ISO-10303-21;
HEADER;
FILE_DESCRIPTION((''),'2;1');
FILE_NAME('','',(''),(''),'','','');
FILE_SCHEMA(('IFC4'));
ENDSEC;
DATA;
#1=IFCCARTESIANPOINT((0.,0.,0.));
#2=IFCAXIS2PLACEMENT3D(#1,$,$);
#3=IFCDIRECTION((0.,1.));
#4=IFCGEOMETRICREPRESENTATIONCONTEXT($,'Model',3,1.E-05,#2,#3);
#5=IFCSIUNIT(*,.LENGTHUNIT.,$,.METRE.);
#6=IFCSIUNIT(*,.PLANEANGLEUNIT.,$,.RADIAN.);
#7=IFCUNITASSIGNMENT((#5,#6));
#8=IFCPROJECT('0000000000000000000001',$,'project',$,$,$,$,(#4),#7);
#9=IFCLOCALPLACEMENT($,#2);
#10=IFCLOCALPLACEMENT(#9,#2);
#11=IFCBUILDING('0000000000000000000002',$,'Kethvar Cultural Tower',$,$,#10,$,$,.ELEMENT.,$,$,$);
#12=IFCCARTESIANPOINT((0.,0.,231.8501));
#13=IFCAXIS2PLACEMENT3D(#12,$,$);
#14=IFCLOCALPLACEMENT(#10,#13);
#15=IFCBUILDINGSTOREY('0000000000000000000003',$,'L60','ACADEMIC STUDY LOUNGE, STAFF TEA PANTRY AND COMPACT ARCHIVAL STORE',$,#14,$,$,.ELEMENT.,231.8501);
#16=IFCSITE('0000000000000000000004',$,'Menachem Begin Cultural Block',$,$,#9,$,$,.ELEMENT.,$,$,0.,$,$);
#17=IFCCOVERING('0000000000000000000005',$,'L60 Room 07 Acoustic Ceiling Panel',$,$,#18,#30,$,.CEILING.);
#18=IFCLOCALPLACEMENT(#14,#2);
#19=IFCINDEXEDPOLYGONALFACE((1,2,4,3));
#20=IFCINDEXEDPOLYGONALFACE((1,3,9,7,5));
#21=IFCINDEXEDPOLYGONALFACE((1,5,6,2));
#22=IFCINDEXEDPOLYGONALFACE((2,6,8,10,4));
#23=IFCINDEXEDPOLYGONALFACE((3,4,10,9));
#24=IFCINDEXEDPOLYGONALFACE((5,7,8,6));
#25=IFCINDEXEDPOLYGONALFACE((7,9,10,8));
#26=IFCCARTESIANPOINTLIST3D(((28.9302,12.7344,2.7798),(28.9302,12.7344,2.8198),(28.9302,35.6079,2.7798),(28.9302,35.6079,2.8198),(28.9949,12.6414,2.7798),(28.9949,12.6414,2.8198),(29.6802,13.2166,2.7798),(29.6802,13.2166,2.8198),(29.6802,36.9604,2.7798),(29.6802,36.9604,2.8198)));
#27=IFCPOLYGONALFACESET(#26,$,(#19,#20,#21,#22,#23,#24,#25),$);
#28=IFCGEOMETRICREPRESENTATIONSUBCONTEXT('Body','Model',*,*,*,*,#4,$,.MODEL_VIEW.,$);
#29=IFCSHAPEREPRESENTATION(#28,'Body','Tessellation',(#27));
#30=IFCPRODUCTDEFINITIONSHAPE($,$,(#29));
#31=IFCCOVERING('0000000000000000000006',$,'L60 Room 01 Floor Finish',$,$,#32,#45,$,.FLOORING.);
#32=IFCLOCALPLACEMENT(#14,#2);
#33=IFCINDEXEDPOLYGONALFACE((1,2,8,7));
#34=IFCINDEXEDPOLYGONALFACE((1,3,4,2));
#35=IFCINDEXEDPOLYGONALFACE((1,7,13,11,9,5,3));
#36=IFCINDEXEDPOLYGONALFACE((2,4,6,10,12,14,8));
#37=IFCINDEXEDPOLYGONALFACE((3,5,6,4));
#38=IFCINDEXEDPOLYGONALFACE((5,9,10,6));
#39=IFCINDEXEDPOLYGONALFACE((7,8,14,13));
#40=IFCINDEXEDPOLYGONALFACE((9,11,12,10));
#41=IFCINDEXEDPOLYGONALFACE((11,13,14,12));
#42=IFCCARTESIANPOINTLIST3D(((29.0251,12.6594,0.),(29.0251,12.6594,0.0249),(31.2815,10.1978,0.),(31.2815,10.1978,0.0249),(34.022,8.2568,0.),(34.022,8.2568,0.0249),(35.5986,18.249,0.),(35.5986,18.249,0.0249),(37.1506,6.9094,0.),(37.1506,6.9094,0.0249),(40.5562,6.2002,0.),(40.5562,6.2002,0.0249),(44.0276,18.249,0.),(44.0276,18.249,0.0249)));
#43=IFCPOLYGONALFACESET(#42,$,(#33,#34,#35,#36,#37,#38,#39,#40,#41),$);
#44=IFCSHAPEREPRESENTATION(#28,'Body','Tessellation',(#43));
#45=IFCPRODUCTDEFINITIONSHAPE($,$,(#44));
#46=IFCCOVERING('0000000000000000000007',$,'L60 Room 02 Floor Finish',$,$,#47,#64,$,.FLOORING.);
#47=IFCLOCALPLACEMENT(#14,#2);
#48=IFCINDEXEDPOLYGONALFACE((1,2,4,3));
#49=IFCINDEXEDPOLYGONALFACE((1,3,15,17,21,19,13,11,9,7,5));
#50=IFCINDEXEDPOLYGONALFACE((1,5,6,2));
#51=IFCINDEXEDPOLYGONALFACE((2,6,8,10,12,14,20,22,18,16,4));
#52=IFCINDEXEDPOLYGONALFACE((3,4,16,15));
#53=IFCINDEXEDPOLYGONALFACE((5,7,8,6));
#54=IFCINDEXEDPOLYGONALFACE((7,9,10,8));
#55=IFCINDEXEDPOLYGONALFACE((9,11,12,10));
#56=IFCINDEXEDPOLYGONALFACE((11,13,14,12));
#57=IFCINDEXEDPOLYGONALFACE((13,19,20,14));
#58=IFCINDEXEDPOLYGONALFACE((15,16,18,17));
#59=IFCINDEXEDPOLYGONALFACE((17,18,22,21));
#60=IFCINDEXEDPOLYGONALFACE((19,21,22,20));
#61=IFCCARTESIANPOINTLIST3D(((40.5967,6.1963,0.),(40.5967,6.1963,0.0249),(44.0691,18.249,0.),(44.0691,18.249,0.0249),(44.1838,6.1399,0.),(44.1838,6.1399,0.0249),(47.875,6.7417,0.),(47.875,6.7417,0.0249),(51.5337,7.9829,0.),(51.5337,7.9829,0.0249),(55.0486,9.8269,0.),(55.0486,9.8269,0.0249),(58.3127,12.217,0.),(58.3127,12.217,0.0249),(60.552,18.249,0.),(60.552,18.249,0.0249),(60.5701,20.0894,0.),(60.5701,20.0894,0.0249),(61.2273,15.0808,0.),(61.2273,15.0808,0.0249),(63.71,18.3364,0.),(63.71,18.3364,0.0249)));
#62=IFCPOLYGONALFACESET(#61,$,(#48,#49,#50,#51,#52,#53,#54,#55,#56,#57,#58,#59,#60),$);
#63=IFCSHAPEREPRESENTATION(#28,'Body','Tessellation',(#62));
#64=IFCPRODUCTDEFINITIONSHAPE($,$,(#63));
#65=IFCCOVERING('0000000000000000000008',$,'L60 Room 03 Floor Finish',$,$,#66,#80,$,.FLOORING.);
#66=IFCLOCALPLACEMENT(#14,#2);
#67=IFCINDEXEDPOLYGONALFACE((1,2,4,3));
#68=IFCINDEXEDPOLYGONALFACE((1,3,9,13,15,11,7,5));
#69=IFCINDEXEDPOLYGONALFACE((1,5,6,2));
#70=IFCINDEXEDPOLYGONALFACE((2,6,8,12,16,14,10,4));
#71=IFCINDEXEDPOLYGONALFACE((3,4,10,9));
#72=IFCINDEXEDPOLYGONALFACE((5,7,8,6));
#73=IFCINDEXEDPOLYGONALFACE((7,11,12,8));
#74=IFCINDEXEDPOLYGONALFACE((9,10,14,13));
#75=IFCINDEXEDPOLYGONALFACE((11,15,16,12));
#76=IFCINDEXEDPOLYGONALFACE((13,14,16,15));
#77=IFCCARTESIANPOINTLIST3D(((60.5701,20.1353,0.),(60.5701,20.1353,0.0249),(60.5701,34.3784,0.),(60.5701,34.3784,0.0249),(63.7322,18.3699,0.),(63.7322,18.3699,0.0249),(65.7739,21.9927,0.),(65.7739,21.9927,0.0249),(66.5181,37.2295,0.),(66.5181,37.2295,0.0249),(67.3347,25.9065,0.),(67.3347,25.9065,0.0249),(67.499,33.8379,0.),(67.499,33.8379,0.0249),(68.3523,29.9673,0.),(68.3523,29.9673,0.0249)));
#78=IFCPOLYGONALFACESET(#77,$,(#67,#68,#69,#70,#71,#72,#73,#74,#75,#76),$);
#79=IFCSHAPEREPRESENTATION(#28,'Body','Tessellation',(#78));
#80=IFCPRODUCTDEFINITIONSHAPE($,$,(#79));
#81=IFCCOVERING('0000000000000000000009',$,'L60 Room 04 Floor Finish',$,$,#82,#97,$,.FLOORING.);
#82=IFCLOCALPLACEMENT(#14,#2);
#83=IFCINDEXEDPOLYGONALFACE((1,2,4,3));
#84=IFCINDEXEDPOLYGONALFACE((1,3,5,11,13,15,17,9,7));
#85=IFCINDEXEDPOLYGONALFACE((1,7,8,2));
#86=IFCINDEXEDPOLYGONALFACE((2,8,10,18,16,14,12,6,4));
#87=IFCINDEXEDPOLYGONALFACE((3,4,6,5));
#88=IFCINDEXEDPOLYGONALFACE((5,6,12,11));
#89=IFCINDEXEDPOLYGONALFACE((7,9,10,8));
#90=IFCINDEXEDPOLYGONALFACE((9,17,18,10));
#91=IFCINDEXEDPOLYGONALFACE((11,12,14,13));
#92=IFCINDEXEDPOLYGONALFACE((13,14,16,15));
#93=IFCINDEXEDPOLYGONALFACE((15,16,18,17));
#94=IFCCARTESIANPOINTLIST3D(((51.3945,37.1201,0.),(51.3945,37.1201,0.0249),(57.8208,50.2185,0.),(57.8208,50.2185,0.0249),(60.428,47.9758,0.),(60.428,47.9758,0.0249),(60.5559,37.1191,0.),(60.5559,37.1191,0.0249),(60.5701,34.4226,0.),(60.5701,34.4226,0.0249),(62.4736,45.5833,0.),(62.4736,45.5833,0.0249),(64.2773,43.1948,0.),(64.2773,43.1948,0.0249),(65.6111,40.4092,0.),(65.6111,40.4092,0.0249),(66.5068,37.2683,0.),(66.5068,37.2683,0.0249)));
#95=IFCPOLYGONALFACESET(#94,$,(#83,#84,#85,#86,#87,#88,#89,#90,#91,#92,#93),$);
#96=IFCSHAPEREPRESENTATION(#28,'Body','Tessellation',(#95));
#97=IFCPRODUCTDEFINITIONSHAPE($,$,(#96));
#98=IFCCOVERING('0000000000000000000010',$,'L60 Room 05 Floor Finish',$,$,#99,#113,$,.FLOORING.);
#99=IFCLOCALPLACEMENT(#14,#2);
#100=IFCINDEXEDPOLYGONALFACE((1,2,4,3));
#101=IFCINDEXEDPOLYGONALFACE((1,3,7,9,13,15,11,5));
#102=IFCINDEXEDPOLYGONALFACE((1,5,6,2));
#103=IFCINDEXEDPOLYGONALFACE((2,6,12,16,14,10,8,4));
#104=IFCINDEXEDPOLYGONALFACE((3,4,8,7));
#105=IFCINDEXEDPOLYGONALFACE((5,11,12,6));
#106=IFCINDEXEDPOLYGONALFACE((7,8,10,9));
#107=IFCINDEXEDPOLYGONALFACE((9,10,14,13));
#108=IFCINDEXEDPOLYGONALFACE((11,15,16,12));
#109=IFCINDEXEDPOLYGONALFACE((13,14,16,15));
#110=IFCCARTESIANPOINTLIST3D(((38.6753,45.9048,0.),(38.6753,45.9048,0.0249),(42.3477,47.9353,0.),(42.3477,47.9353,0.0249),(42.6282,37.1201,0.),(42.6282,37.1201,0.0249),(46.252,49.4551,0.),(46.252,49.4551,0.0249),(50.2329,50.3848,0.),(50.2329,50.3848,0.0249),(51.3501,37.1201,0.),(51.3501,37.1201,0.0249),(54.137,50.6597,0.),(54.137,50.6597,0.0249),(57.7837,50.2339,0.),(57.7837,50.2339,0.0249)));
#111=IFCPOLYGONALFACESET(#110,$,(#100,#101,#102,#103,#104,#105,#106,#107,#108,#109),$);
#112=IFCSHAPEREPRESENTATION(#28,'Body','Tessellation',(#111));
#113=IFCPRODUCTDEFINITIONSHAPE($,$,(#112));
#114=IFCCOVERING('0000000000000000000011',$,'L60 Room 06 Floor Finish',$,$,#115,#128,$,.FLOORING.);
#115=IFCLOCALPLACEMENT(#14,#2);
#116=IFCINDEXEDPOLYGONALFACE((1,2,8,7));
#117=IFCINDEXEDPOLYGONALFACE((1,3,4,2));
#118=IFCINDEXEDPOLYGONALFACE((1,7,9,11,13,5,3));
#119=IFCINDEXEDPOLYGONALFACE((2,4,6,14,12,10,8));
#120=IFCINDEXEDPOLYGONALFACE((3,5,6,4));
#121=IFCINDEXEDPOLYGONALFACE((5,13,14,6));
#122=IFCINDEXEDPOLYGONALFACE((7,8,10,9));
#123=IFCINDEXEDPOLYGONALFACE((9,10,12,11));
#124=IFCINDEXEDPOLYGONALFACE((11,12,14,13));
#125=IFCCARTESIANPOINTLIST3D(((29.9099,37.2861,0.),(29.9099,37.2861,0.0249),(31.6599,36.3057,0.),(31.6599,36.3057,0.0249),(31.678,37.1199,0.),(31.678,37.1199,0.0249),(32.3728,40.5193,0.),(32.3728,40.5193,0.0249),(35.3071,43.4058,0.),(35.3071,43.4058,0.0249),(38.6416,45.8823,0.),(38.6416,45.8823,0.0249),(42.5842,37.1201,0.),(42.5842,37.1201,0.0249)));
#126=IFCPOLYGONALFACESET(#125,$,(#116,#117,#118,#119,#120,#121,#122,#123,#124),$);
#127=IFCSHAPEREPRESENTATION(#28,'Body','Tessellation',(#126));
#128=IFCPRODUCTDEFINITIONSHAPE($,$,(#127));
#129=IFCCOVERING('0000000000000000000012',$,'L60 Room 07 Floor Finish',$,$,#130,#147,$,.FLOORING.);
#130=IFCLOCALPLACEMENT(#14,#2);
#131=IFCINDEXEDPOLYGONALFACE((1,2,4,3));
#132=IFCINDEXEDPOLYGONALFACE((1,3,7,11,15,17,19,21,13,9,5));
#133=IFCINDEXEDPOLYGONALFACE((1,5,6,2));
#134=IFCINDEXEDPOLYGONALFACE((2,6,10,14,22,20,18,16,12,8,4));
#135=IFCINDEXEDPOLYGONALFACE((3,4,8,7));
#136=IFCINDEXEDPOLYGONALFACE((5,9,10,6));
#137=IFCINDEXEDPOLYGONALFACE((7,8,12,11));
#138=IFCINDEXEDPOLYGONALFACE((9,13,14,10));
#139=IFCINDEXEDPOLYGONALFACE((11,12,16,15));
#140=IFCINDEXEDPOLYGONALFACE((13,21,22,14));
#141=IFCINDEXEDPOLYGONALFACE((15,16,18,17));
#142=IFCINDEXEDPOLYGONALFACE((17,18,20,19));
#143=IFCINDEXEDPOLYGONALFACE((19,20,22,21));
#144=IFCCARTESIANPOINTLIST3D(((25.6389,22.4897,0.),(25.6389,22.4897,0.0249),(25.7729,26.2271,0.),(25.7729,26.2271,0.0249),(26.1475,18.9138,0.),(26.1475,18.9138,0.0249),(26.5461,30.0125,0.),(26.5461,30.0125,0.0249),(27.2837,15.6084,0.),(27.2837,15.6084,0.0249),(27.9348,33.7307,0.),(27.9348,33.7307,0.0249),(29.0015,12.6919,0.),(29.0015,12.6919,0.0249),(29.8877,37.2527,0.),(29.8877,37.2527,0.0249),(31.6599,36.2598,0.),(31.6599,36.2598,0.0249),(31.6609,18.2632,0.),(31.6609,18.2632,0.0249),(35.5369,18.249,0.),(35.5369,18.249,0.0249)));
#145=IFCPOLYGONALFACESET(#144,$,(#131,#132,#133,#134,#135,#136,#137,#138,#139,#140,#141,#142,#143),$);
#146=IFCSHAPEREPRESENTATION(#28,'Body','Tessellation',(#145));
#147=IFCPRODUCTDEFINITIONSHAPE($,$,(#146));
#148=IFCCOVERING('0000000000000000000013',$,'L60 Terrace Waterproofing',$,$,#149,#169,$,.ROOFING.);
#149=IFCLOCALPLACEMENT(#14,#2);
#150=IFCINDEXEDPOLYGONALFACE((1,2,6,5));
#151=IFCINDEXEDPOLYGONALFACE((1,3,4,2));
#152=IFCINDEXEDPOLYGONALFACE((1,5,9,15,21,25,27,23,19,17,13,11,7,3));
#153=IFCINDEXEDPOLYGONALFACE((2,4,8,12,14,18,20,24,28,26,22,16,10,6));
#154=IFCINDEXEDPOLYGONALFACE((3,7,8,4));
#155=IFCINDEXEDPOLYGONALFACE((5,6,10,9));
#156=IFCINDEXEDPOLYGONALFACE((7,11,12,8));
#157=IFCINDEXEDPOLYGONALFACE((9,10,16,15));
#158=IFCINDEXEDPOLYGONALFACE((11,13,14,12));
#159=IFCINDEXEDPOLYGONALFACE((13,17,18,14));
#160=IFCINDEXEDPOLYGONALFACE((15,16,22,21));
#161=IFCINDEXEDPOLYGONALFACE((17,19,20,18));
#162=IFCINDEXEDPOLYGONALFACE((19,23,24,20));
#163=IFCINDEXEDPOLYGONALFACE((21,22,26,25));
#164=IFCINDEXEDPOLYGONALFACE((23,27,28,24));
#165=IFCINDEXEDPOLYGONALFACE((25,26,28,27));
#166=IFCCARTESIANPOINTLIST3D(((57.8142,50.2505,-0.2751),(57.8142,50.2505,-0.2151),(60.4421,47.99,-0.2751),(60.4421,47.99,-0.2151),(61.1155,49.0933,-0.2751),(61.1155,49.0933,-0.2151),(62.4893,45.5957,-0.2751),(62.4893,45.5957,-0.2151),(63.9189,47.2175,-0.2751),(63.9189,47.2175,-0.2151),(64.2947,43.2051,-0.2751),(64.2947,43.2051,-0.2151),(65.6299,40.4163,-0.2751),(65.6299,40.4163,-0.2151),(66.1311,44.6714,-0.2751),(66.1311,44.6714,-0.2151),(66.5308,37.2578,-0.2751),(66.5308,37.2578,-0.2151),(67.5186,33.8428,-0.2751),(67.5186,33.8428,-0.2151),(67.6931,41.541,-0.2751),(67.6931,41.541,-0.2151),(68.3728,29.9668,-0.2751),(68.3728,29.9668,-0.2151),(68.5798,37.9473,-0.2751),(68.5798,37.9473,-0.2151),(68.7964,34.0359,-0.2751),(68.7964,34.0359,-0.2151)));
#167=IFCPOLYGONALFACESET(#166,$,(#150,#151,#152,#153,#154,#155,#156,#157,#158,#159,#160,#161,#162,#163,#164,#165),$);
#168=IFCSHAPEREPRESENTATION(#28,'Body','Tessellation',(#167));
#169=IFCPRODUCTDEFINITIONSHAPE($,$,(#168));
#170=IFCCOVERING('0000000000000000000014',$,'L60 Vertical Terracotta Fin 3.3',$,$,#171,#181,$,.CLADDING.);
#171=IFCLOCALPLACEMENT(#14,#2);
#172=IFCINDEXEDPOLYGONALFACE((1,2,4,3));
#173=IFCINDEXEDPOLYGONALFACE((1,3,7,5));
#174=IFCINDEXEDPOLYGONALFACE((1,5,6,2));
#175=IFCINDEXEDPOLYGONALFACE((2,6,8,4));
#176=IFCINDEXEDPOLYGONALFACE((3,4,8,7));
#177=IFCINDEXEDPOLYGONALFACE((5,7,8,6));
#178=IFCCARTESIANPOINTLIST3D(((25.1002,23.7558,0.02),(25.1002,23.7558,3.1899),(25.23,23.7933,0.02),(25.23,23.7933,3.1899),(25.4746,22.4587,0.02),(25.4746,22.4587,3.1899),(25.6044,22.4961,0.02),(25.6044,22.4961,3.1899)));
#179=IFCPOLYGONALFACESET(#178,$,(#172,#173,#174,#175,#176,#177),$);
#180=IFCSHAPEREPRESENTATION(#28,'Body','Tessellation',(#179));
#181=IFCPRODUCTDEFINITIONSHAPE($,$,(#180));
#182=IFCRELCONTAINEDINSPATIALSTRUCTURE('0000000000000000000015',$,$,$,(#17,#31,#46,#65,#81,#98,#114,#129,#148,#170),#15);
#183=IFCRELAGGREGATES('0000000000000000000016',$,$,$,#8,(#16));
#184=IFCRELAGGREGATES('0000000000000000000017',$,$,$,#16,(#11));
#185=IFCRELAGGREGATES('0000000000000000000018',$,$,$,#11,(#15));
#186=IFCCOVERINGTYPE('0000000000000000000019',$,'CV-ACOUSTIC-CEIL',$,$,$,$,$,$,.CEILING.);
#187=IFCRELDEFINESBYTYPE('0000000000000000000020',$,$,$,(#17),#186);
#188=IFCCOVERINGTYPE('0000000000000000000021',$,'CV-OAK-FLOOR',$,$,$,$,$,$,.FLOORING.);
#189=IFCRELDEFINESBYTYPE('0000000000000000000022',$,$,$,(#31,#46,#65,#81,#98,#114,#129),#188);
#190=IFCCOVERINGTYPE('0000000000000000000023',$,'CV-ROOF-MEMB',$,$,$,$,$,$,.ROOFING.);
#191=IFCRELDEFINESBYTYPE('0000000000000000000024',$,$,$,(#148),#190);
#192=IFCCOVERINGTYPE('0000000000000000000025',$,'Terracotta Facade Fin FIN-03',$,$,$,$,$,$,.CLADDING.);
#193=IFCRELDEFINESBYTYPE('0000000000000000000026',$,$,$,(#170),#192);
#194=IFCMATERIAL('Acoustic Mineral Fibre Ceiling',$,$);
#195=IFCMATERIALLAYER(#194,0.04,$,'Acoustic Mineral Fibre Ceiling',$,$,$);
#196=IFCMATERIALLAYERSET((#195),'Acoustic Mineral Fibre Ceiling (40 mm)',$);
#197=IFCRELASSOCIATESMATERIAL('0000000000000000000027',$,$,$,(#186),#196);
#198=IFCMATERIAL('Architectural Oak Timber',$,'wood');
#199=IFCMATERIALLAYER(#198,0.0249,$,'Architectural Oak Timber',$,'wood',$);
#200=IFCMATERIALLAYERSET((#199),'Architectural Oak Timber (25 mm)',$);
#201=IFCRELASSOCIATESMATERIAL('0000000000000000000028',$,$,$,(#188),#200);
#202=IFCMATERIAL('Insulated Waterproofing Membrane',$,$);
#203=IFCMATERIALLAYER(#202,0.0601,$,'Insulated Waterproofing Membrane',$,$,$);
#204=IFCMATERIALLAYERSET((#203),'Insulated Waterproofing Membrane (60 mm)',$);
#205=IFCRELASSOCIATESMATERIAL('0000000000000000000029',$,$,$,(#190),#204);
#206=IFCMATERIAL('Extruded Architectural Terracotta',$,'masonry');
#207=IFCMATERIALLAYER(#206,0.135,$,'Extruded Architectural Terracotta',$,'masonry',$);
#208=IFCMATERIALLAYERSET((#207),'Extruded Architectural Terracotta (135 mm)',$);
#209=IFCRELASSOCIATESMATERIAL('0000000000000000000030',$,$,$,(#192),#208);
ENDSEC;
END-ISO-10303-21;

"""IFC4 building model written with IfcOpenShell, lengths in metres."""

from ifc_helpers import new_model, si_unit, direction, frame, origin, origin_2d, place, context, subcontext, project, spatial, polyline, rectangle, outline, extrude, source, transform, mapped, material, layer, layer_set, type_object, element, save


model = new_model("IFC4")

# Units and contexts
model_context = context("Model", 3, precision=1e-05, world=origin(), true_north=direction((0.0, 1.0)))
body_context = subcontext(model_context, "Body", "Model", "MODEL_VIEW")
ifc_project = project(units=[si_unit("LENGTHUNIT", "METRE"), si_unit("PLANEANGLEUNIT", "RADIAN")], contexts=[model_context])

# Site, building, storey
site_placement = place(None, origin())
site = spatial("IfcSite", under=ifc_project, at=site_placement, Name="Menachem Begin Cultural Block", CompositionType="ELEMENT", RefElevation=0.0)
building_placement = place(site_placement, origin())
building = spatial("IfcBuilding", under=site, at=building_placement, Name="Kethvar Cultural Tower", CompositionType="ELEMENT")
storey_placement = place(building_placement, frame((0.0, 0.0, 231.8501)))
storey = spatial("IfcBuildingStorey", under=building, at=storey_placement, Name="L60", Description="ACADEMIC STUDY LOUNGE, STAFF TEA PANTRY AND COMPACT ARCHIVAL STORE", CompositionType="ELEMENT", Elevation=231.8501)

# Coverings
ifc_material_1 = material(Name="Acoustic Mineral Fibre Ceiling")
ifc_layer_1 = layer(ifc_material_1, 0.04, Name="Acoustic Mineral Fibre Ceiling")
ifc_layer_set_1 = layer_set([ifc_layer_1], Name="Acoustic Mineral Fibre Ceiling (40 mm)")
covering_type_1 = type_object("IfcCoveringType", Name="CV-ACOUSTIC-CEIL", PredefinedType="CEILING", material=ifc_layer_set_1)
covering_1_placement = place(storey_placement, frame((0.0, 0.0, 2.7798)))
element("IfcCovering", 1, at=covering_1_placement, inside=storey, type_object=covering_type_1, Name="L60 Room 07 Acoustic Ceiling Panel", PredefinedType="CEILING", context=body_context, shape_type="SweptSolid", body=[
    extrude(outline(polyline([(29.6802, 36.9604), (29.6802, 13.2166), (28.9949, 12.6414), (28.9302, 12.7344), (28.9302, 35.6079), (29.6802, 36.9604)])), origin(), (0.0, 0.0, 1.0), 0.04),
])
ifc_material_2 = material(Name="Architectural Oak Timber", Category="wood")
ifc_layer_2 = layer(ifc_material_2, 0.0249, Name="Architectural Oak Timber", Category="wood")
ifc_layer_set_2 = layer_set([ifc_layer_2], Name="Architectural Oak Timber (25 mm)")
covering_type_2 = type_object("IfcCoveringType", Name="CV-OAK-FLOOR", PredefinedType="FLOORING", material=ifc_layer_set_2)
covering_2_placement = place(storey_placement, origin())
element("IfcCovering", 2, at=covering_2_placement, inside=storey, type_object=covering_type_2, Name="L60 Room 01 Floor Finish", PredefinedType="FLOORING", context=body_context, shape_type="SweptSolid", body=[
    extrude(outline(polyline([(37.1506, 6.9094), (34.022, 8.2568), (31.2815, 10.1978), (29.0251, 12.6594), (35.5986, 18.249), (44.0276, 18.249), (40.5562, 6.2002), (37.1506, 6.9094)])), origin(), (0.0, 0.0, 1.0), 0.0249),
])
covering_3_placement = place(storey_placement, origin())
element("IfcCovering", 3, at=covering_3_placement, inside=storey, type_object=covering_type_2, Name="L60 Room 02 Floor Finish", PredefinedType="FLOORING", context=body_context, shape_type="SweptSolid", body=[
    extrude(outline(polyline([(61.2273, 15.0808), (58.3127, 12.217), (55.0486, 9.8269), (51.5337, 7.9829), (47.875, 6.7417), (44.1838, 6.1399), (40.5967, 6.1963), (44.0691, 18.249), (60.552, 18.249), (60.5701, 20.0894), (63.71, 18.3364), (61.2273, 15.0808)])), origin(), (0.0, 0.0, 1.0), 0.0249),
])
covering_4_placement = place(storey_placement, origin())
element("IfcCovering", 4, at=covering_4_placement, inside=storey, type_object=covering_type_2, Name="L60 Room 03 Floor Finish", PredefinedType="FLOORING", context=body_context, shape_type="SweptSolid", body=[
    extrude(outline(polyline([(67.499, 33.8379), (68.3523, 29.9673), (67.3347, 25.9065), (65.7739, 21.9927), (63.7322, 18.3699), (60.5701, 20.1353), (60.5701, 34.3784), (66.5181, 37.2295), (67.499, 33.8379)])), origin(), (0.0, 0.0, 1.0), 0.0249),
])
covering_5_placement = place(storey_placement, origin())
element("IfcCovering", 5, at=covering_5_placement, inside=storey, type_object=covering_type_2, Name="L60 Room 04 Floor Finish", PredefinedType="FLOORING", context=body_context, shape_type="SweptSolid", body=[
    extrude(outline(polyline([(65.6111, 40.4092), (66.5068, 37.2683), (60.5701, 34.4226), (60.5559, 37.1191), (51.3945, 37.1201), (57.8208, 50.2185), (60.428, 47.9758), (62.4736, 45.5833), (64.2773, 43.1948), (65.6111, 40.4092)])), origin(), (0.0, 0.0, 1.0), 0.0249),
])
covering_6_placement = place(storey_placement, origin())
element("IfcCovering", 6, at=covering_6_placement, inside=storey, type_object=covering_type_2, Name="L60 Room 05 Floor Finish", PredefinedType="FLOORING", context=body_context, shape_type="SweptSolid", body=[
    extrude(outline(polyline([(42.3477, 47.9353), (46.252, 49.4551), (50.2329, 50.3848), (54.137, 50.6597), (57.7837, 50.2339), (51.3501, 37.1201), (42.6282, 37.1201), (38.6753, 45.9048), (42.3477, 47.9353)])), origin(), (0.0, 0.0, 1.0), 0.0249),
])
covering_7_placement = place(storey_placement, origin())
element("IfcCovering", 7, at=covering_7_placement, inside=storey, type_object=covering_type_2, Name="L60 Room 06 Floor Finish", PredefinedType="FLOORING", context=body_context, shape_type="SweptSolid", body=[
    extrude(outline(polyline([(32.3728, 40.5193), (35.3071, 43.4058), (38.6416, 45.8823), (42.5842, 37.1201), (31.678, 37.1199), (31.6599, 36.3057), (29.9099, 37.2861), (32.3728, 40.5193)])), origin(), (0.0, 0.0, 1.0), 0.0249),
])
covering_8_placement = place(storey_placement, origin())
element("IfcCovering", 8, at=covering_8_placement, inside=storey, type_object=covering_type_2, Name="L60 Room 07 Floor Finish", PredefinedType="FLOORING", context=body_context, shape_type="SweptSolid", body=[
    extrude(outline(polyline([(27.2837, 15.6084), (26.1475, 18.9138), (25.6389, 22.4897), (25.7729, 26.2271), (26.5461, 30.0125), (27.9348, 33.7307), (29.8877, 37.2527), (31.6599, 36.2598), (31.6609, 18.2632), (35.5369, 18.249), (29.0015, 12.6919), (27.2837, 15.6084)])), origin(), (0.0, 0.0, 1.0), 0.0249),
])
ifc_material_3 = material(Name="Insulated Waterproofing Membrane")
ifc_layer_3 = layer(ifc_material_3, 0.0601, Name="Insulated Waterproofing Membrane")
ifc_layer_set_3 = layer_set([ifc_layer_3], Name="Insulated Waterproofing Membrane (60 mm)")
covering_type_3 = type_object("IfcCoveringType", Name="CV-ROOF-MEMB", PredefinedType="ROOFING", material=ifc_layer_set_3)
covering_9_placement = place(storey_placement, frame((0.0, 0.0, -0.2751)))
element("IfcCovering", 9, at=covering_9_placement, inside=storey, type_object=covering_type_3, Name="L60 Terrace Waterproofing", PredefinedType="ROOFING", context=body_context, shape_type="SweptSolid", body=[
    extrude(outline(polyline([(68.3728, 29.9668), (68.7964, 34.0359), (68.5798, 37.9473), (67.6931, 41.541), (66.1311, 44.6714), (63.9189, 47.2175), (61.1155, 49.0933), (57.8142, 50.2505), (60.4421, 47.99), (62.4893, 45.5957), (64.2947, 43.2051), (65.6299, 40.4163), (66.5308, 37.2578), (67.5186, 33.8428), (68.3728, 29.9668)])), origin(), (0.0, 0.0, 1.0), 0.0601),
])
ifc_material_4 = material(Name="Extruded Architectural Terracotta", Category="masonry")
ifc_layer_4 = layer(ifc_material_4, 0.135, Name="Extruded Architectural Terracotta", Category="masonry")
ifc_layer_set_4 = layer_set([ifc_layer_4], Name="Extruded Architectural Terracotta (135 mm)")
covering_type_4 = type_object("IfcCoveringType", Name="Terracotta Facade Fin FIN-03", PredefinedType="CLADDING", material=ifc_layer_set_4)
shared_shape_1 = source(origin(), body_context, "Body", "SweptSolid", [
    extrude(rectangle(XDim=1.3501, YDim=0.135, at=origin_2d()), origin(), (0.0, 0.0, 1.0), 3.1699),
])
for number, where, z_axis, x_axis, name in (
    (10, (25.3523, 23.126, 0.02), (0.0, 0.0, 1.0), (-0.277315, 0.960779, 0.0), "L60 Vertical Terracotta Fin 3.3"),
):
    element("IfcCovering", number, at=place(storey_placement, frame(where, z_axis=z_axis, x_axis=x_axis)), inside=storey, type_object=covering_type_4, Name=name, PredefinedType="CLADDING", context=body_context, shape_type="MappedRepresentation", body=[
        mapped(shared_shape_1, transform((0.0, 0.0, 0.0), scale=1.0)),
    ])

save(model, "model.ifc")
